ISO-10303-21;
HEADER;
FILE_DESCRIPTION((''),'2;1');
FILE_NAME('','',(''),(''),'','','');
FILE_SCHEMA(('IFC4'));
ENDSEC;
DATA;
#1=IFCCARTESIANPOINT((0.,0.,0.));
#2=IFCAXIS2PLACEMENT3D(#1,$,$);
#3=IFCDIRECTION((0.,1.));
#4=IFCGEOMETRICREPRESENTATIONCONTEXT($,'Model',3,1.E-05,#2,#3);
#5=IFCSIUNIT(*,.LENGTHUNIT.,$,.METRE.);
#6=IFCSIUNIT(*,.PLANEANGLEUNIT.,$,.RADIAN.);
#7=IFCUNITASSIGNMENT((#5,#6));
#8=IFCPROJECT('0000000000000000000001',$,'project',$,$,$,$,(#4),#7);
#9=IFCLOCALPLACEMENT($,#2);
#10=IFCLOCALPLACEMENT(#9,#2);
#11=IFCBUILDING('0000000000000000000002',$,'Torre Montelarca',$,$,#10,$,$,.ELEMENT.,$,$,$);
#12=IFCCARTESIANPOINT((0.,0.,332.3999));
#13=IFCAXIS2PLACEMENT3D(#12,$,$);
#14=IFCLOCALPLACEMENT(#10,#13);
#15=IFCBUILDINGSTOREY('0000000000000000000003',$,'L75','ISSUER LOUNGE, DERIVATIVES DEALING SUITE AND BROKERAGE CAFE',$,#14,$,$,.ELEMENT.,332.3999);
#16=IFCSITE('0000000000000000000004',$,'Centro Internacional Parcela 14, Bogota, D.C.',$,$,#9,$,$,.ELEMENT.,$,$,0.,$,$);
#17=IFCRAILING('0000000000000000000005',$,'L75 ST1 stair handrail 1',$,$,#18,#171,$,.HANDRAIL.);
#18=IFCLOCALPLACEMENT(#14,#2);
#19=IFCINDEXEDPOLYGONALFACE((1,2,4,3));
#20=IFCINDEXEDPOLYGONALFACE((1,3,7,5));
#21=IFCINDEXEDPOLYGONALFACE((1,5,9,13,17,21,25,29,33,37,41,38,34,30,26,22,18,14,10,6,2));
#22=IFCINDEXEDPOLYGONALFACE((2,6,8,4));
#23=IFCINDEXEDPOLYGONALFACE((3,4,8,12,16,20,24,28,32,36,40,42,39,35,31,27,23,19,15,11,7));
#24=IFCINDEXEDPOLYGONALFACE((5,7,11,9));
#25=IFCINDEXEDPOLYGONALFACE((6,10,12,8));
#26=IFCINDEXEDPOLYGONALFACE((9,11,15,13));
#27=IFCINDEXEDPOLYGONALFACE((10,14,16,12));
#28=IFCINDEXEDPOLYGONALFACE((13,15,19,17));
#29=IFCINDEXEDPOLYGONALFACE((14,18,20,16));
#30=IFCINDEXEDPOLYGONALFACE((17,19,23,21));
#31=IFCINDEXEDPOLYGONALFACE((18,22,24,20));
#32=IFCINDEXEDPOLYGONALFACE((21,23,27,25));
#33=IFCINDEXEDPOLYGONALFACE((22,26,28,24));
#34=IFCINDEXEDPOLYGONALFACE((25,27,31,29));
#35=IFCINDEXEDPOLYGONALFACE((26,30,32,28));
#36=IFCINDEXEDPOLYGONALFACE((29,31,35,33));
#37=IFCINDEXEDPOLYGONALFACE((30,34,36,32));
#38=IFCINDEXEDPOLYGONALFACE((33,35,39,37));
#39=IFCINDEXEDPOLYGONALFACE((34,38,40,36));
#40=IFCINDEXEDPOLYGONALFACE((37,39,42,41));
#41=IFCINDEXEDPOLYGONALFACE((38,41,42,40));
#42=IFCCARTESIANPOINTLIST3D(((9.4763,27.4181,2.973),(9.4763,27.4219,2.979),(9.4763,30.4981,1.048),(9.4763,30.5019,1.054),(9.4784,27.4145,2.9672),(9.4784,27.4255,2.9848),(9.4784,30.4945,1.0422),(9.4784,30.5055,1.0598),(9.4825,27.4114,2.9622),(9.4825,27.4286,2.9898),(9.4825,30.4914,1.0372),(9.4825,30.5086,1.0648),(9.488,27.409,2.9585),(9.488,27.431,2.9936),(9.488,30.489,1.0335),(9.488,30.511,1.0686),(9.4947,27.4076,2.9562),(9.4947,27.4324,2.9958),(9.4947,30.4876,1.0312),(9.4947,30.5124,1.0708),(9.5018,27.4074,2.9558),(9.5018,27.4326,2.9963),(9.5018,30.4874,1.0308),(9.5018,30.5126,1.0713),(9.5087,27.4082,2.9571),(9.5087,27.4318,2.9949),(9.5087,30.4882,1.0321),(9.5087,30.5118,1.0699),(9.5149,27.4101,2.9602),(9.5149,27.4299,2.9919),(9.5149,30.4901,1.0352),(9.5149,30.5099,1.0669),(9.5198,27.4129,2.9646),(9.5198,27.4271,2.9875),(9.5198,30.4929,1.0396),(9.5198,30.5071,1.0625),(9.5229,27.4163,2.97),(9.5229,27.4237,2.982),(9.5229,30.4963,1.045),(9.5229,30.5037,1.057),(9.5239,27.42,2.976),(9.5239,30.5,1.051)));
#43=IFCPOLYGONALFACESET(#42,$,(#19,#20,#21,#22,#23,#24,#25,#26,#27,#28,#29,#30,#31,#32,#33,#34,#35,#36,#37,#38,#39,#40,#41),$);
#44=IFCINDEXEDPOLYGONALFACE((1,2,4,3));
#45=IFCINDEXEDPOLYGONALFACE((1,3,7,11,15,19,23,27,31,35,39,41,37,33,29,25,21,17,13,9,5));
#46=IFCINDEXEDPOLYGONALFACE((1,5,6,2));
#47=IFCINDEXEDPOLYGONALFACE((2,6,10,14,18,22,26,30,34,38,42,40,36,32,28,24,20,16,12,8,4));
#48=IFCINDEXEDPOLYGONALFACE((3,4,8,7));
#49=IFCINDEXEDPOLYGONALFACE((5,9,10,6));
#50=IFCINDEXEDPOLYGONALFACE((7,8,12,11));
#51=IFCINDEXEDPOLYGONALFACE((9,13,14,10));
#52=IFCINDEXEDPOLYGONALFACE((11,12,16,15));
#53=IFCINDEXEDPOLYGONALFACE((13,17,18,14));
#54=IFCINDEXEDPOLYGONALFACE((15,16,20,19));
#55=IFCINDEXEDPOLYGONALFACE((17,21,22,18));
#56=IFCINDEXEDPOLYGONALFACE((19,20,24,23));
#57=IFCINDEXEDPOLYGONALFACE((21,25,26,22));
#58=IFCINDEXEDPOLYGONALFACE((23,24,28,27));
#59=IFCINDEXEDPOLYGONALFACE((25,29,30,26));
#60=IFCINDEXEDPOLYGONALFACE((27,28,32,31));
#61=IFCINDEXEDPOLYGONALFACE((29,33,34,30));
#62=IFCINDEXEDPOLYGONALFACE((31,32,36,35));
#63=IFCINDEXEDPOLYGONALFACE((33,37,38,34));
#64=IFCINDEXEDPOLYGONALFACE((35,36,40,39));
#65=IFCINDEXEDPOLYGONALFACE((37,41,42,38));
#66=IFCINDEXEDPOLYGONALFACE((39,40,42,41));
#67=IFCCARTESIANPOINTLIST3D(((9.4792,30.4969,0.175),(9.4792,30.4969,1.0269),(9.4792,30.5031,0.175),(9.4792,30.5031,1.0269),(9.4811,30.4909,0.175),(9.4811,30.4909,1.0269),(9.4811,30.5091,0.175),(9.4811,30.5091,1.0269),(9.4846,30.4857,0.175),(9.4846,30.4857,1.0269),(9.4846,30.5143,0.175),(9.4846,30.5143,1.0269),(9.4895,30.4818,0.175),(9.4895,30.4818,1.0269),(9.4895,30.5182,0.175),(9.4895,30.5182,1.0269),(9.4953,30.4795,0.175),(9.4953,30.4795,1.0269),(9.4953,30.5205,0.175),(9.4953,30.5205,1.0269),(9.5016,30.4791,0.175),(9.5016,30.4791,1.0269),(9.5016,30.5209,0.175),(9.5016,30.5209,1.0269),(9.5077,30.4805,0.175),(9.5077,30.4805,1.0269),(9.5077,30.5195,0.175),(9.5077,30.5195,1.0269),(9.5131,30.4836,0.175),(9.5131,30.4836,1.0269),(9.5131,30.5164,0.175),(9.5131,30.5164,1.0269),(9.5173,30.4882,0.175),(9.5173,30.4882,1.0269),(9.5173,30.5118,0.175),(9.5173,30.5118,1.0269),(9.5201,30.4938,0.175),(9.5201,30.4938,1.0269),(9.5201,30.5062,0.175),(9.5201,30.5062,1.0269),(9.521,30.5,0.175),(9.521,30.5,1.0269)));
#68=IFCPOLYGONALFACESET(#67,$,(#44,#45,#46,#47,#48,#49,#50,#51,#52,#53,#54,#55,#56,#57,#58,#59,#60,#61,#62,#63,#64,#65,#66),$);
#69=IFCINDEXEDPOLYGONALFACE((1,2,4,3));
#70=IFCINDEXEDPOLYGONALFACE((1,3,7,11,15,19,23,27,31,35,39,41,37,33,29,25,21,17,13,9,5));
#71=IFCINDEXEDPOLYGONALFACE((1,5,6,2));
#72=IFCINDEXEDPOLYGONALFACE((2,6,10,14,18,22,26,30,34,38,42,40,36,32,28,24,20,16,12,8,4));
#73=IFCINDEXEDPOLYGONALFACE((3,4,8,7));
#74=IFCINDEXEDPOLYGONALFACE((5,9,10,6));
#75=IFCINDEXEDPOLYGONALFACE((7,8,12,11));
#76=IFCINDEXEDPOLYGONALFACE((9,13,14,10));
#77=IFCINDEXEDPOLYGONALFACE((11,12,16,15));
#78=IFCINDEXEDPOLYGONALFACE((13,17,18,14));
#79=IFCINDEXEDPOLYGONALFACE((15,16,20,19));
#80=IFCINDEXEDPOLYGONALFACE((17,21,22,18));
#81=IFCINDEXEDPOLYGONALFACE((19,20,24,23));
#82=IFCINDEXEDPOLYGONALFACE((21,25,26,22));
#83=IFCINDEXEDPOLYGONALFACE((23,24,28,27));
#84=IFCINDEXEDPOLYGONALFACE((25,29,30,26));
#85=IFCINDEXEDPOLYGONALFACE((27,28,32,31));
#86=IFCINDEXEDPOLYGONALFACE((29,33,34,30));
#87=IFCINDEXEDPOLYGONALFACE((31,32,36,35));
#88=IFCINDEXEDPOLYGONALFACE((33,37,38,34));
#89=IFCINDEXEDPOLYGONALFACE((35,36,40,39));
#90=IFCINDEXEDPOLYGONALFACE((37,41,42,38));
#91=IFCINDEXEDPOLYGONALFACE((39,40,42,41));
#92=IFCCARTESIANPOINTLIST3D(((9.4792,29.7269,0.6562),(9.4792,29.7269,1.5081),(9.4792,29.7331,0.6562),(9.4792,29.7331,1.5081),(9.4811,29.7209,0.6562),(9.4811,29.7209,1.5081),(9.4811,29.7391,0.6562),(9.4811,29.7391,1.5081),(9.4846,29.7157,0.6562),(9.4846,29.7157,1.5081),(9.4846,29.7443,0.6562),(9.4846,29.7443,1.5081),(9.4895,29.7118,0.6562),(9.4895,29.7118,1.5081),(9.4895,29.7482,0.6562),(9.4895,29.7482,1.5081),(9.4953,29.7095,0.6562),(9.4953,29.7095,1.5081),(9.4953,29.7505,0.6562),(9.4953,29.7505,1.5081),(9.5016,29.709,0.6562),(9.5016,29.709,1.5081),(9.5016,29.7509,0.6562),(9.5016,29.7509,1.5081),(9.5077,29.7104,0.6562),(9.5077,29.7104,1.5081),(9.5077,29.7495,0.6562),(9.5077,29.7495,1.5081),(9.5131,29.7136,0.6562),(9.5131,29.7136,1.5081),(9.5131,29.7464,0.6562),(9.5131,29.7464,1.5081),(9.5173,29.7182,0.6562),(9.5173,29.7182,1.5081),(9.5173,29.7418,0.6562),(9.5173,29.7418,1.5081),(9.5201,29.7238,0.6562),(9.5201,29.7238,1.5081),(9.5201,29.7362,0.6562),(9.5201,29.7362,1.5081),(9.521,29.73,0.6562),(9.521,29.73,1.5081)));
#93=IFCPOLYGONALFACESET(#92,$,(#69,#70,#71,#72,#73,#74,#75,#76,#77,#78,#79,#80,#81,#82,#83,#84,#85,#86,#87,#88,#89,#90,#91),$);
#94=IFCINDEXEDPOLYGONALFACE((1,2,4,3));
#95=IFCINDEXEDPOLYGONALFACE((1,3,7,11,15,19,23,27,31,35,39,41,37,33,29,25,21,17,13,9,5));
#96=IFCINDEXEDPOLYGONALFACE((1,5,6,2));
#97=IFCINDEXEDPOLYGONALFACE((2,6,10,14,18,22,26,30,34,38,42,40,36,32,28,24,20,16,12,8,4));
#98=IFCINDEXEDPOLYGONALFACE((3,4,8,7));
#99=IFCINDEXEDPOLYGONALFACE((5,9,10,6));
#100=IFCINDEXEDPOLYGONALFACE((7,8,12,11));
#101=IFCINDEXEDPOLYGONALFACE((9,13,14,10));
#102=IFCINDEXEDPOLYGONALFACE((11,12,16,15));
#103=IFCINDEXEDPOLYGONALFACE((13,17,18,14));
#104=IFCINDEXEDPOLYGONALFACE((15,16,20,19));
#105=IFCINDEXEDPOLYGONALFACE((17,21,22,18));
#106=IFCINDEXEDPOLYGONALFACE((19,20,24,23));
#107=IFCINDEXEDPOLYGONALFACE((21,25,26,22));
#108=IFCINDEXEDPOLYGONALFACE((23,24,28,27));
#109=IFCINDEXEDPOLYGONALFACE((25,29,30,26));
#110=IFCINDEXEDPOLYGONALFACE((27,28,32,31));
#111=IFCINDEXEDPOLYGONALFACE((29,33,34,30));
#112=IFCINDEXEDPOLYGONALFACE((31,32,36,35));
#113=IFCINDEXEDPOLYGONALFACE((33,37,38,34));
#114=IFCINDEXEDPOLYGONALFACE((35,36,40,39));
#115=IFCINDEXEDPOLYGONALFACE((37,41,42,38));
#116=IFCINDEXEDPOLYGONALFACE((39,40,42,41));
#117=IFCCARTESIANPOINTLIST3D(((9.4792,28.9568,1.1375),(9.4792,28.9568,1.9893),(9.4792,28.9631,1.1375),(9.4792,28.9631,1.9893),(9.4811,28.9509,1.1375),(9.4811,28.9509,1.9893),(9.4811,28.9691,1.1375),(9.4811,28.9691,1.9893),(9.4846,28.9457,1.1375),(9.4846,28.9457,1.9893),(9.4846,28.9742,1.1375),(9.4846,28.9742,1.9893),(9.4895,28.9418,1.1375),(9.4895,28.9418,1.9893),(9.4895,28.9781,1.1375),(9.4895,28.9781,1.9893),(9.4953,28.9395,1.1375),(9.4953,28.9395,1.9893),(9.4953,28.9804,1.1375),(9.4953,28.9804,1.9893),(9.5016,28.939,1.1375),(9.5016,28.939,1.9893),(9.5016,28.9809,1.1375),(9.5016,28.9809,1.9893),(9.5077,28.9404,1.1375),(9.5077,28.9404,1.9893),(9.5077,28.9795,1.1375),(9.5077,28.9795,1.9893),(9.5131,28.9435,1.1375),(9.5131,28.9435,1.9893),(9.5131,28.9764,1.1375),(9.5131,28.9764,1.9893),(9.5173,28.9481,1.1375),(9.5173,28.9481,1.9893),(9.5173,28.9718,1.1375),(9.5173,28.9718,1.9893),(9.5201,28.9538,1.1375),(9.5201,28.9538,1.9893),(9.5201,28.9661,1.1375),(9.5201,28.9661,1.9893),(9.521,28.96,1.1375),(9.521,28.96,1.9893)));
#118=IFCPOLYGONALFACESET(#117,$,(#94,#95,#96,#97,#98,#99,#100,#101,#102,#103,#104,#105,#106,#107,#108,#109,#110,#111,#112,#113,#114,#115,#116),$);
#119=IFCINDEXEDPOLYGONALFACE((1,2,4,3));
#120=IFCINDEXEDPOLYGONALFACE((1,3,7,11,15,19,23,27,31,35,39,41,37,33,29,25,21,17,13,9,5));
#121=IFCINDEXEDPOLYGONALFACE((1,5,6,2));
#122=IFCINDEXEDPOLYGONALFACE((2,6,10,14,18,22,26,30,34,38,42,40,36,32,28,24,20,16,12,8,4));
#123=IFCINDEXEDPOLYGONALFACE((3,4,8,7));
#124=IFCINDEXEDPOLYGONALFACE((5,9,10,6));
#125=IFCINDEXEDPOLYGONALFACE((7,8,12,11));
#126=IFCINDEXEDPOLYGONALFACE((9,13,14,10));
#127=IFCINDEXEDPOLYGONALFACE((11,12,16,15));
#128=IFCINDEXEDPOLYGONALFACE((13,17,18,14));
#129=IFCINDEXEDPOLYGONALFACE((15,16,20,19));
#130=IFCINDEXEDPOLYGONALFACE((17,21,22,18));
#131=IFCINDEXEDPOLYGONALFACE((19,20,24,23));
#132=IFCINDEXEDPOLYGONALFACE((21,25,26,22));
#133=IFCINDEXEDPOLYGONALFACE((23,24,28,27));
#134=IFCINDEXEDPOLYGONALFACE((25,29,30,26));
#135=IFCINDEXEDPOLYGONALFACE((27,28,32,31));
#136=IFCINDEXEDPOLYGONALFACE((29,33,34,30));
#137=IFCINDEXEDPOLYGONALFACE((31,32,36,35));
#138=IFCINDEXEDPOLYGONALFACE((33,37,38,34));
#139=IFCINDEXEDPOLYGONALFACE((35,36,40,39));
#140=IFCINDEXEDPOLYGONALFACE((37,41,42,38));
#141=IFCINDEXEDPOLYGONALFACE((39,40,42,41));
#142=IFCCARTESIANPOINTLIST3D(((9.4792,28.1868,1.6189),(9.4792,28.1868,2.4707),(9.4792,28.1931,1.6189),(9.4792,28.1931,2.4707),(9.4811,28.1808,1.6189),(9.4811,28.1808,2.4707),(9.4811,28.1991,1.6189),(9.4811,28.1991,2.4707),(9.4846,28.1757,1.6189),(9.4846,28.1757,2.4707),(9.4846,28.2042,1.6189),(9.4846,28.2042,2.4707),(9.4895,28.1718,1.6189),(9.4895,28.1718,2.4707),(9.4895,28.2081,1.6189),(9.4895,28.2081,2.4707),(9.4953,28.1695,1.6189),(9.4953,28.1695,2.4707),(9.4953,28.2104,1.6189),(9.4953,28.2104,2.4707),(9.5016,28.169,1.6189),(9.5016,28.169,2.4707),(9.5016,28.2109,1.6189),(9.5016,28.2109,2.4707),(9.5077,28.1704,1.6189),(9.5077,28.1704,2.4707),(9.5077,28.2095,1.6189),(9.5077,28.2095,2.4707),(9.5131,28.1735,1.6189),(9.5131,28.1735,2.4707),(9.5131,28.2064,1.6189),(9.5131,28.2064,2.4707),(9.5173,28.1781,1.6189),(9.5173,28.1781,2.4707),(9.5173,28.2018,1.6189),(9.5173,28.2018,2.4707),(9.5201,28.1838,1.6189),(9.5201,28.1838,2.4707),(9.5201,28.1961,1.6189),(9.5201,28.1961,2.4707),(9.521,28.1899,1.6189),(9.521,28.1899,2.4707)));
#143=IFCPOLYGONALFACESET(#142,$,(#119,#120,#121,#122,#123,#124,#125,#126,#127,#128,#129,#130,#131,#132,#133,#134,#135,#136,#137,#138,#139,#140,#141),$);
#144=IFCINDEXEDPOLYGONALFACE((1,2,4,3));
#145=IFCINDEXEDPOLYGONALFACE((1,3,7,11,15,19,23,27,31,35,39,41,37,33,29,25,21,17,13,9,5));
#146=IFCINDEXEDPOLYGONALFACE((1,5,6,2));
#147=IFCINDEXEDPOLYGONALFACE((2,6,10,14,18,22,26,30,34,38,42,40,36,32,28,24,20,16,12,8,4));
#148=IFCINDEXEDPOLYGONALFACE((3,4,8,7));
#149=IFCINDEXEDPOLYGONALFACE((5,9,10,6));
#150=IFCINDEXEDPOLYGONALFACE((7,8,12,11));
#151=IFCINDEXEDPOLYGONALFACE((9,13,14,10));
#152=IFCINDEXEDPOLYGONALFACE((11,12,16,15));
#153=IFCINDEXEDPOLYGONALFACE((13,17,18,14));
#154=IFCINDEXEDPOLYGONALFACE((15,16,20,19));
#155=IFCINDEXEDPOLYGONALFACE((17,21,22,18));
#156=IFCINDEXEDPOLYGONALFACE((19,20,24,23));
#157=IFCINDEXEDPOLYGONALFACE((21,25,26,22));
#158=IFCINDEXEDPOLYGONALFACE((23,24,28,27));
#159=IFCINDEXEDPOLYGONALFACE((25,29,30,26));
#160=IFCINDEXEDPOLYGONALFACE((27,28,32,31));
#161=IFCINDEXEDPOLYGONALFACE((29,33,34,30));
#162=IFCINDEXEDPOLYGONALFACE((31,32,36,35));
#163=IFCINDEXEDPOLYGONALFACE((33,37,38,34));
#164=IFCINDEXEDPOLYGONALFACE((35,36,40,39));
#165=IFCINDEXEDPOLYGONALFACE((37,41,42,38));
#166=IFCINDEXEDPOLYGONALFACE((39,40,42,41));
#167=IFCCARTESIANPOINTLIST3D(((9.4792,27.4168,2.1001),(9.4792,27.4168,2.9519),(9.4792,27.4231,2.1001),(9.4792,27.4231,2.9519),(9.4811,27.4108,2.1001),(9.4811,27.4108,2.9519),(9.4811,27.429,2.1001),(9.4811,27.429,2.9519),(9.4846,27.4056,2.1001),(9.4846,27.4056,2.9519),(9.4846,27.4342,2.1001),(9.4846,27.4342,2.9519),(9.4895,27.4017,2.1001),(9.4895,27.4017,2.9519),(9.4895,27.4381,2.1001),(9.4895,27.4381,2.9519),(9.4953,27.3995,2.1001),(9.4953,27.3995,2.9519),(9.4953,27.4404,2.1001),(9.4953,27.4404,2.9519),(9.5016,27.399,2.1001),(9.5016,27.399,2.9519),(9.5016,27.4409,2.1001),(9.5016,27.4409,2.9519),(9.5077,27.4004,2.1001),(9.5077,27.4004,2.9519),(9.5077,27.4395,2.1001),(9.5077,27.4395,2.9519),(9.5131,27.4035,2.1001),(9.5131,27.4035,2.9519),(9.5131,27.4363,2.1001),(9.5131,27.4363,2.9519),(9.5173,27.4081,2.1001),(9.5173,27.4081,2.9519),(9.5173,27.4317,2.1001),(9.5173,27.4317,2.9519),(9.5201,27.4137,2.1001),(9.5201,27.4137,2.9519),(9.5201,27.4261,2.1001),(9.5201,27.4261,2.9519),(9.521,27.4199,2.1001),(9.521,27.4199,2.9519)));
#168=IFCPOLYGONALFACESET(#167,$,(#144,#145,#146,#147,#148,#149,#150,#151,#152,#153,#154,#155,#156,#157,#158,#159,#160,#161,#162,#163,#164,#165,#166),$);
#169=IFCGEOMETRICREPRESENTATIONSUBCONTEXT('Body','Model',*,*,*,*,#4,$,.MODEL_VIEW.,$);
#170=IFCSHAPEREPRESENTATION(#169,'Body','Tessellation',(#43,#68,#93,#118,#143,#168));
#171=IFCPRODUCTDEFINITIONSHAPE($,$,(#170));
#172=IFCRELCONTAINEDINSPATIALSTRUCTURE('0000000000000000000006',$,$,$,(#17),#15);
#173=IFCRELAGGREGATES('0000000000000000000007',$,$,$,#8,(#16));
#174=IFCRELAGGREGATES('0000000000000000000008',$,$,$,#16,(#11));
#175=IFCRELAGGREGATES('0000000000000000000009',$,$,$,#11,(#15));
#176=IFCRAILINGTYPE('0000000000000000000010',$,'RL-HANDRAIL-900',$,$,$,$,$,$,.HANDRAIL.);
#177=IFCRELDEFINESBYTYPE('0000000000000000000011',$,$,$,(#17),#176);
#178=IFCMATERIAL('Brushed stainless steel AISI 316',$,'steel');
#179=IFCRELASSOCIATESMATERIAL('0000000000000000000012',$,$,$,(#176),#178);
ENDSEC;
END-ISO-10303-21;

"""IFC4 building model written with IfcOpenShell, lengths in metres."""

from ifc_helpers import new_model, si_unit, direction, frame, origin, origin_2d, place, context, subcontext, project, spatial, circle, extrude, material, type_object, element, save


model = new_model("IFC4")

# Units and contexts
model_context = context("Model", 3, precision=1e-05, world=origin(), true_north=direction((0.0, 1.0)))
body_context = subcontext(model_context, "Body", "Model", "MODEL_VIEW")
ifc_project = project(units=[si_unit("LENGTHUNIT", "METRE"), si_unit("PLANEANGLEUNIT", "RADIAN")], contexts=[model_context])

# Site, building, storey
site_placement = place(None, origin())
site = spatial("IfcSite", under=ifc_project, at=site_placement, Name="Centro Internacional Parcela 14, Bogota, D.C.", CompositionType="ELEMENT", RefElevation=0.0)
building_placement = place(site_placement, origin())
building = spatial("IfcBuilding", under=site, at=building_placement, Name="Torre Montelarca", CompositionType="ELEMENT")
storey_placement = place(building_placement, frame((0.0, 0.0, 332.3999)))
storey = spatial("IfcBuildingStorey", under=building, at=storey_placement, Name="L75", Description="ISSUER LOUNGE, DERIVATIVES DEALING SUITE AND BROKERAGE CAFE", CompositionType="ELEMENT", Elevation=332.3999)

# Railing
ifc_material_1 = material(Name="Brushed stainless steel AISI 316", Category="steel")
railing_type_1 = type_object("IfcRailingType", Name="RL-HANDRAIL-900", PredefinedType="HANDRAIL", material=ifc_material_1)
railing_1_placement = place(storey_placement, frame((9.5, 30.5, 0.175)))
element("IfcRailing", 1, at=railing_1_placement, inside=storey, type_object=railing_type_1, Name="L75 ST1 stair handrail 1", PredefinedType="HANDRAIL", context=body_context, shape_type="SweptSolid", body=[
    extrude(circle(Radius=0.0239, at=origin_2d()), frame((0.0, 0.0, 0.876), z_axis=(0.0, -0.847998, 0.529999), x_axis=(1.0, 0.0, 0.0)), (0.0, 0.0, 1.0), 3.6321),
    extrude(circle(Radius=0.021, at=origin_2d()), origin(), (0.0, 0.0, 1.0), 0.8518),
    extrude(circle(Radius=0.021, at=origin_2d()), frame((0.0, -0.77, 0.4812)), (0.0, 0.0, 1.0), 0.8518),
    extrude(circle(Radius=0.021, at=origin_2d()), frame((0.0, -1.54, 0.9624)), (0.0, 0.0, 1.0), 0.8518),
    extrude(circle(Radius=0.021, at=origin_2d()), frame((0.0, -2.3101, 1.4438)), (0.0, 0.0, 1.0), 0.8518),
    extrude(circle(Radius=0.021, at=origin_2d()), frame((0.0, -3.0801, 1.925)), (0.0, 0.0, 1.0), 0.8518),
])

save(model, "model.ifc")
